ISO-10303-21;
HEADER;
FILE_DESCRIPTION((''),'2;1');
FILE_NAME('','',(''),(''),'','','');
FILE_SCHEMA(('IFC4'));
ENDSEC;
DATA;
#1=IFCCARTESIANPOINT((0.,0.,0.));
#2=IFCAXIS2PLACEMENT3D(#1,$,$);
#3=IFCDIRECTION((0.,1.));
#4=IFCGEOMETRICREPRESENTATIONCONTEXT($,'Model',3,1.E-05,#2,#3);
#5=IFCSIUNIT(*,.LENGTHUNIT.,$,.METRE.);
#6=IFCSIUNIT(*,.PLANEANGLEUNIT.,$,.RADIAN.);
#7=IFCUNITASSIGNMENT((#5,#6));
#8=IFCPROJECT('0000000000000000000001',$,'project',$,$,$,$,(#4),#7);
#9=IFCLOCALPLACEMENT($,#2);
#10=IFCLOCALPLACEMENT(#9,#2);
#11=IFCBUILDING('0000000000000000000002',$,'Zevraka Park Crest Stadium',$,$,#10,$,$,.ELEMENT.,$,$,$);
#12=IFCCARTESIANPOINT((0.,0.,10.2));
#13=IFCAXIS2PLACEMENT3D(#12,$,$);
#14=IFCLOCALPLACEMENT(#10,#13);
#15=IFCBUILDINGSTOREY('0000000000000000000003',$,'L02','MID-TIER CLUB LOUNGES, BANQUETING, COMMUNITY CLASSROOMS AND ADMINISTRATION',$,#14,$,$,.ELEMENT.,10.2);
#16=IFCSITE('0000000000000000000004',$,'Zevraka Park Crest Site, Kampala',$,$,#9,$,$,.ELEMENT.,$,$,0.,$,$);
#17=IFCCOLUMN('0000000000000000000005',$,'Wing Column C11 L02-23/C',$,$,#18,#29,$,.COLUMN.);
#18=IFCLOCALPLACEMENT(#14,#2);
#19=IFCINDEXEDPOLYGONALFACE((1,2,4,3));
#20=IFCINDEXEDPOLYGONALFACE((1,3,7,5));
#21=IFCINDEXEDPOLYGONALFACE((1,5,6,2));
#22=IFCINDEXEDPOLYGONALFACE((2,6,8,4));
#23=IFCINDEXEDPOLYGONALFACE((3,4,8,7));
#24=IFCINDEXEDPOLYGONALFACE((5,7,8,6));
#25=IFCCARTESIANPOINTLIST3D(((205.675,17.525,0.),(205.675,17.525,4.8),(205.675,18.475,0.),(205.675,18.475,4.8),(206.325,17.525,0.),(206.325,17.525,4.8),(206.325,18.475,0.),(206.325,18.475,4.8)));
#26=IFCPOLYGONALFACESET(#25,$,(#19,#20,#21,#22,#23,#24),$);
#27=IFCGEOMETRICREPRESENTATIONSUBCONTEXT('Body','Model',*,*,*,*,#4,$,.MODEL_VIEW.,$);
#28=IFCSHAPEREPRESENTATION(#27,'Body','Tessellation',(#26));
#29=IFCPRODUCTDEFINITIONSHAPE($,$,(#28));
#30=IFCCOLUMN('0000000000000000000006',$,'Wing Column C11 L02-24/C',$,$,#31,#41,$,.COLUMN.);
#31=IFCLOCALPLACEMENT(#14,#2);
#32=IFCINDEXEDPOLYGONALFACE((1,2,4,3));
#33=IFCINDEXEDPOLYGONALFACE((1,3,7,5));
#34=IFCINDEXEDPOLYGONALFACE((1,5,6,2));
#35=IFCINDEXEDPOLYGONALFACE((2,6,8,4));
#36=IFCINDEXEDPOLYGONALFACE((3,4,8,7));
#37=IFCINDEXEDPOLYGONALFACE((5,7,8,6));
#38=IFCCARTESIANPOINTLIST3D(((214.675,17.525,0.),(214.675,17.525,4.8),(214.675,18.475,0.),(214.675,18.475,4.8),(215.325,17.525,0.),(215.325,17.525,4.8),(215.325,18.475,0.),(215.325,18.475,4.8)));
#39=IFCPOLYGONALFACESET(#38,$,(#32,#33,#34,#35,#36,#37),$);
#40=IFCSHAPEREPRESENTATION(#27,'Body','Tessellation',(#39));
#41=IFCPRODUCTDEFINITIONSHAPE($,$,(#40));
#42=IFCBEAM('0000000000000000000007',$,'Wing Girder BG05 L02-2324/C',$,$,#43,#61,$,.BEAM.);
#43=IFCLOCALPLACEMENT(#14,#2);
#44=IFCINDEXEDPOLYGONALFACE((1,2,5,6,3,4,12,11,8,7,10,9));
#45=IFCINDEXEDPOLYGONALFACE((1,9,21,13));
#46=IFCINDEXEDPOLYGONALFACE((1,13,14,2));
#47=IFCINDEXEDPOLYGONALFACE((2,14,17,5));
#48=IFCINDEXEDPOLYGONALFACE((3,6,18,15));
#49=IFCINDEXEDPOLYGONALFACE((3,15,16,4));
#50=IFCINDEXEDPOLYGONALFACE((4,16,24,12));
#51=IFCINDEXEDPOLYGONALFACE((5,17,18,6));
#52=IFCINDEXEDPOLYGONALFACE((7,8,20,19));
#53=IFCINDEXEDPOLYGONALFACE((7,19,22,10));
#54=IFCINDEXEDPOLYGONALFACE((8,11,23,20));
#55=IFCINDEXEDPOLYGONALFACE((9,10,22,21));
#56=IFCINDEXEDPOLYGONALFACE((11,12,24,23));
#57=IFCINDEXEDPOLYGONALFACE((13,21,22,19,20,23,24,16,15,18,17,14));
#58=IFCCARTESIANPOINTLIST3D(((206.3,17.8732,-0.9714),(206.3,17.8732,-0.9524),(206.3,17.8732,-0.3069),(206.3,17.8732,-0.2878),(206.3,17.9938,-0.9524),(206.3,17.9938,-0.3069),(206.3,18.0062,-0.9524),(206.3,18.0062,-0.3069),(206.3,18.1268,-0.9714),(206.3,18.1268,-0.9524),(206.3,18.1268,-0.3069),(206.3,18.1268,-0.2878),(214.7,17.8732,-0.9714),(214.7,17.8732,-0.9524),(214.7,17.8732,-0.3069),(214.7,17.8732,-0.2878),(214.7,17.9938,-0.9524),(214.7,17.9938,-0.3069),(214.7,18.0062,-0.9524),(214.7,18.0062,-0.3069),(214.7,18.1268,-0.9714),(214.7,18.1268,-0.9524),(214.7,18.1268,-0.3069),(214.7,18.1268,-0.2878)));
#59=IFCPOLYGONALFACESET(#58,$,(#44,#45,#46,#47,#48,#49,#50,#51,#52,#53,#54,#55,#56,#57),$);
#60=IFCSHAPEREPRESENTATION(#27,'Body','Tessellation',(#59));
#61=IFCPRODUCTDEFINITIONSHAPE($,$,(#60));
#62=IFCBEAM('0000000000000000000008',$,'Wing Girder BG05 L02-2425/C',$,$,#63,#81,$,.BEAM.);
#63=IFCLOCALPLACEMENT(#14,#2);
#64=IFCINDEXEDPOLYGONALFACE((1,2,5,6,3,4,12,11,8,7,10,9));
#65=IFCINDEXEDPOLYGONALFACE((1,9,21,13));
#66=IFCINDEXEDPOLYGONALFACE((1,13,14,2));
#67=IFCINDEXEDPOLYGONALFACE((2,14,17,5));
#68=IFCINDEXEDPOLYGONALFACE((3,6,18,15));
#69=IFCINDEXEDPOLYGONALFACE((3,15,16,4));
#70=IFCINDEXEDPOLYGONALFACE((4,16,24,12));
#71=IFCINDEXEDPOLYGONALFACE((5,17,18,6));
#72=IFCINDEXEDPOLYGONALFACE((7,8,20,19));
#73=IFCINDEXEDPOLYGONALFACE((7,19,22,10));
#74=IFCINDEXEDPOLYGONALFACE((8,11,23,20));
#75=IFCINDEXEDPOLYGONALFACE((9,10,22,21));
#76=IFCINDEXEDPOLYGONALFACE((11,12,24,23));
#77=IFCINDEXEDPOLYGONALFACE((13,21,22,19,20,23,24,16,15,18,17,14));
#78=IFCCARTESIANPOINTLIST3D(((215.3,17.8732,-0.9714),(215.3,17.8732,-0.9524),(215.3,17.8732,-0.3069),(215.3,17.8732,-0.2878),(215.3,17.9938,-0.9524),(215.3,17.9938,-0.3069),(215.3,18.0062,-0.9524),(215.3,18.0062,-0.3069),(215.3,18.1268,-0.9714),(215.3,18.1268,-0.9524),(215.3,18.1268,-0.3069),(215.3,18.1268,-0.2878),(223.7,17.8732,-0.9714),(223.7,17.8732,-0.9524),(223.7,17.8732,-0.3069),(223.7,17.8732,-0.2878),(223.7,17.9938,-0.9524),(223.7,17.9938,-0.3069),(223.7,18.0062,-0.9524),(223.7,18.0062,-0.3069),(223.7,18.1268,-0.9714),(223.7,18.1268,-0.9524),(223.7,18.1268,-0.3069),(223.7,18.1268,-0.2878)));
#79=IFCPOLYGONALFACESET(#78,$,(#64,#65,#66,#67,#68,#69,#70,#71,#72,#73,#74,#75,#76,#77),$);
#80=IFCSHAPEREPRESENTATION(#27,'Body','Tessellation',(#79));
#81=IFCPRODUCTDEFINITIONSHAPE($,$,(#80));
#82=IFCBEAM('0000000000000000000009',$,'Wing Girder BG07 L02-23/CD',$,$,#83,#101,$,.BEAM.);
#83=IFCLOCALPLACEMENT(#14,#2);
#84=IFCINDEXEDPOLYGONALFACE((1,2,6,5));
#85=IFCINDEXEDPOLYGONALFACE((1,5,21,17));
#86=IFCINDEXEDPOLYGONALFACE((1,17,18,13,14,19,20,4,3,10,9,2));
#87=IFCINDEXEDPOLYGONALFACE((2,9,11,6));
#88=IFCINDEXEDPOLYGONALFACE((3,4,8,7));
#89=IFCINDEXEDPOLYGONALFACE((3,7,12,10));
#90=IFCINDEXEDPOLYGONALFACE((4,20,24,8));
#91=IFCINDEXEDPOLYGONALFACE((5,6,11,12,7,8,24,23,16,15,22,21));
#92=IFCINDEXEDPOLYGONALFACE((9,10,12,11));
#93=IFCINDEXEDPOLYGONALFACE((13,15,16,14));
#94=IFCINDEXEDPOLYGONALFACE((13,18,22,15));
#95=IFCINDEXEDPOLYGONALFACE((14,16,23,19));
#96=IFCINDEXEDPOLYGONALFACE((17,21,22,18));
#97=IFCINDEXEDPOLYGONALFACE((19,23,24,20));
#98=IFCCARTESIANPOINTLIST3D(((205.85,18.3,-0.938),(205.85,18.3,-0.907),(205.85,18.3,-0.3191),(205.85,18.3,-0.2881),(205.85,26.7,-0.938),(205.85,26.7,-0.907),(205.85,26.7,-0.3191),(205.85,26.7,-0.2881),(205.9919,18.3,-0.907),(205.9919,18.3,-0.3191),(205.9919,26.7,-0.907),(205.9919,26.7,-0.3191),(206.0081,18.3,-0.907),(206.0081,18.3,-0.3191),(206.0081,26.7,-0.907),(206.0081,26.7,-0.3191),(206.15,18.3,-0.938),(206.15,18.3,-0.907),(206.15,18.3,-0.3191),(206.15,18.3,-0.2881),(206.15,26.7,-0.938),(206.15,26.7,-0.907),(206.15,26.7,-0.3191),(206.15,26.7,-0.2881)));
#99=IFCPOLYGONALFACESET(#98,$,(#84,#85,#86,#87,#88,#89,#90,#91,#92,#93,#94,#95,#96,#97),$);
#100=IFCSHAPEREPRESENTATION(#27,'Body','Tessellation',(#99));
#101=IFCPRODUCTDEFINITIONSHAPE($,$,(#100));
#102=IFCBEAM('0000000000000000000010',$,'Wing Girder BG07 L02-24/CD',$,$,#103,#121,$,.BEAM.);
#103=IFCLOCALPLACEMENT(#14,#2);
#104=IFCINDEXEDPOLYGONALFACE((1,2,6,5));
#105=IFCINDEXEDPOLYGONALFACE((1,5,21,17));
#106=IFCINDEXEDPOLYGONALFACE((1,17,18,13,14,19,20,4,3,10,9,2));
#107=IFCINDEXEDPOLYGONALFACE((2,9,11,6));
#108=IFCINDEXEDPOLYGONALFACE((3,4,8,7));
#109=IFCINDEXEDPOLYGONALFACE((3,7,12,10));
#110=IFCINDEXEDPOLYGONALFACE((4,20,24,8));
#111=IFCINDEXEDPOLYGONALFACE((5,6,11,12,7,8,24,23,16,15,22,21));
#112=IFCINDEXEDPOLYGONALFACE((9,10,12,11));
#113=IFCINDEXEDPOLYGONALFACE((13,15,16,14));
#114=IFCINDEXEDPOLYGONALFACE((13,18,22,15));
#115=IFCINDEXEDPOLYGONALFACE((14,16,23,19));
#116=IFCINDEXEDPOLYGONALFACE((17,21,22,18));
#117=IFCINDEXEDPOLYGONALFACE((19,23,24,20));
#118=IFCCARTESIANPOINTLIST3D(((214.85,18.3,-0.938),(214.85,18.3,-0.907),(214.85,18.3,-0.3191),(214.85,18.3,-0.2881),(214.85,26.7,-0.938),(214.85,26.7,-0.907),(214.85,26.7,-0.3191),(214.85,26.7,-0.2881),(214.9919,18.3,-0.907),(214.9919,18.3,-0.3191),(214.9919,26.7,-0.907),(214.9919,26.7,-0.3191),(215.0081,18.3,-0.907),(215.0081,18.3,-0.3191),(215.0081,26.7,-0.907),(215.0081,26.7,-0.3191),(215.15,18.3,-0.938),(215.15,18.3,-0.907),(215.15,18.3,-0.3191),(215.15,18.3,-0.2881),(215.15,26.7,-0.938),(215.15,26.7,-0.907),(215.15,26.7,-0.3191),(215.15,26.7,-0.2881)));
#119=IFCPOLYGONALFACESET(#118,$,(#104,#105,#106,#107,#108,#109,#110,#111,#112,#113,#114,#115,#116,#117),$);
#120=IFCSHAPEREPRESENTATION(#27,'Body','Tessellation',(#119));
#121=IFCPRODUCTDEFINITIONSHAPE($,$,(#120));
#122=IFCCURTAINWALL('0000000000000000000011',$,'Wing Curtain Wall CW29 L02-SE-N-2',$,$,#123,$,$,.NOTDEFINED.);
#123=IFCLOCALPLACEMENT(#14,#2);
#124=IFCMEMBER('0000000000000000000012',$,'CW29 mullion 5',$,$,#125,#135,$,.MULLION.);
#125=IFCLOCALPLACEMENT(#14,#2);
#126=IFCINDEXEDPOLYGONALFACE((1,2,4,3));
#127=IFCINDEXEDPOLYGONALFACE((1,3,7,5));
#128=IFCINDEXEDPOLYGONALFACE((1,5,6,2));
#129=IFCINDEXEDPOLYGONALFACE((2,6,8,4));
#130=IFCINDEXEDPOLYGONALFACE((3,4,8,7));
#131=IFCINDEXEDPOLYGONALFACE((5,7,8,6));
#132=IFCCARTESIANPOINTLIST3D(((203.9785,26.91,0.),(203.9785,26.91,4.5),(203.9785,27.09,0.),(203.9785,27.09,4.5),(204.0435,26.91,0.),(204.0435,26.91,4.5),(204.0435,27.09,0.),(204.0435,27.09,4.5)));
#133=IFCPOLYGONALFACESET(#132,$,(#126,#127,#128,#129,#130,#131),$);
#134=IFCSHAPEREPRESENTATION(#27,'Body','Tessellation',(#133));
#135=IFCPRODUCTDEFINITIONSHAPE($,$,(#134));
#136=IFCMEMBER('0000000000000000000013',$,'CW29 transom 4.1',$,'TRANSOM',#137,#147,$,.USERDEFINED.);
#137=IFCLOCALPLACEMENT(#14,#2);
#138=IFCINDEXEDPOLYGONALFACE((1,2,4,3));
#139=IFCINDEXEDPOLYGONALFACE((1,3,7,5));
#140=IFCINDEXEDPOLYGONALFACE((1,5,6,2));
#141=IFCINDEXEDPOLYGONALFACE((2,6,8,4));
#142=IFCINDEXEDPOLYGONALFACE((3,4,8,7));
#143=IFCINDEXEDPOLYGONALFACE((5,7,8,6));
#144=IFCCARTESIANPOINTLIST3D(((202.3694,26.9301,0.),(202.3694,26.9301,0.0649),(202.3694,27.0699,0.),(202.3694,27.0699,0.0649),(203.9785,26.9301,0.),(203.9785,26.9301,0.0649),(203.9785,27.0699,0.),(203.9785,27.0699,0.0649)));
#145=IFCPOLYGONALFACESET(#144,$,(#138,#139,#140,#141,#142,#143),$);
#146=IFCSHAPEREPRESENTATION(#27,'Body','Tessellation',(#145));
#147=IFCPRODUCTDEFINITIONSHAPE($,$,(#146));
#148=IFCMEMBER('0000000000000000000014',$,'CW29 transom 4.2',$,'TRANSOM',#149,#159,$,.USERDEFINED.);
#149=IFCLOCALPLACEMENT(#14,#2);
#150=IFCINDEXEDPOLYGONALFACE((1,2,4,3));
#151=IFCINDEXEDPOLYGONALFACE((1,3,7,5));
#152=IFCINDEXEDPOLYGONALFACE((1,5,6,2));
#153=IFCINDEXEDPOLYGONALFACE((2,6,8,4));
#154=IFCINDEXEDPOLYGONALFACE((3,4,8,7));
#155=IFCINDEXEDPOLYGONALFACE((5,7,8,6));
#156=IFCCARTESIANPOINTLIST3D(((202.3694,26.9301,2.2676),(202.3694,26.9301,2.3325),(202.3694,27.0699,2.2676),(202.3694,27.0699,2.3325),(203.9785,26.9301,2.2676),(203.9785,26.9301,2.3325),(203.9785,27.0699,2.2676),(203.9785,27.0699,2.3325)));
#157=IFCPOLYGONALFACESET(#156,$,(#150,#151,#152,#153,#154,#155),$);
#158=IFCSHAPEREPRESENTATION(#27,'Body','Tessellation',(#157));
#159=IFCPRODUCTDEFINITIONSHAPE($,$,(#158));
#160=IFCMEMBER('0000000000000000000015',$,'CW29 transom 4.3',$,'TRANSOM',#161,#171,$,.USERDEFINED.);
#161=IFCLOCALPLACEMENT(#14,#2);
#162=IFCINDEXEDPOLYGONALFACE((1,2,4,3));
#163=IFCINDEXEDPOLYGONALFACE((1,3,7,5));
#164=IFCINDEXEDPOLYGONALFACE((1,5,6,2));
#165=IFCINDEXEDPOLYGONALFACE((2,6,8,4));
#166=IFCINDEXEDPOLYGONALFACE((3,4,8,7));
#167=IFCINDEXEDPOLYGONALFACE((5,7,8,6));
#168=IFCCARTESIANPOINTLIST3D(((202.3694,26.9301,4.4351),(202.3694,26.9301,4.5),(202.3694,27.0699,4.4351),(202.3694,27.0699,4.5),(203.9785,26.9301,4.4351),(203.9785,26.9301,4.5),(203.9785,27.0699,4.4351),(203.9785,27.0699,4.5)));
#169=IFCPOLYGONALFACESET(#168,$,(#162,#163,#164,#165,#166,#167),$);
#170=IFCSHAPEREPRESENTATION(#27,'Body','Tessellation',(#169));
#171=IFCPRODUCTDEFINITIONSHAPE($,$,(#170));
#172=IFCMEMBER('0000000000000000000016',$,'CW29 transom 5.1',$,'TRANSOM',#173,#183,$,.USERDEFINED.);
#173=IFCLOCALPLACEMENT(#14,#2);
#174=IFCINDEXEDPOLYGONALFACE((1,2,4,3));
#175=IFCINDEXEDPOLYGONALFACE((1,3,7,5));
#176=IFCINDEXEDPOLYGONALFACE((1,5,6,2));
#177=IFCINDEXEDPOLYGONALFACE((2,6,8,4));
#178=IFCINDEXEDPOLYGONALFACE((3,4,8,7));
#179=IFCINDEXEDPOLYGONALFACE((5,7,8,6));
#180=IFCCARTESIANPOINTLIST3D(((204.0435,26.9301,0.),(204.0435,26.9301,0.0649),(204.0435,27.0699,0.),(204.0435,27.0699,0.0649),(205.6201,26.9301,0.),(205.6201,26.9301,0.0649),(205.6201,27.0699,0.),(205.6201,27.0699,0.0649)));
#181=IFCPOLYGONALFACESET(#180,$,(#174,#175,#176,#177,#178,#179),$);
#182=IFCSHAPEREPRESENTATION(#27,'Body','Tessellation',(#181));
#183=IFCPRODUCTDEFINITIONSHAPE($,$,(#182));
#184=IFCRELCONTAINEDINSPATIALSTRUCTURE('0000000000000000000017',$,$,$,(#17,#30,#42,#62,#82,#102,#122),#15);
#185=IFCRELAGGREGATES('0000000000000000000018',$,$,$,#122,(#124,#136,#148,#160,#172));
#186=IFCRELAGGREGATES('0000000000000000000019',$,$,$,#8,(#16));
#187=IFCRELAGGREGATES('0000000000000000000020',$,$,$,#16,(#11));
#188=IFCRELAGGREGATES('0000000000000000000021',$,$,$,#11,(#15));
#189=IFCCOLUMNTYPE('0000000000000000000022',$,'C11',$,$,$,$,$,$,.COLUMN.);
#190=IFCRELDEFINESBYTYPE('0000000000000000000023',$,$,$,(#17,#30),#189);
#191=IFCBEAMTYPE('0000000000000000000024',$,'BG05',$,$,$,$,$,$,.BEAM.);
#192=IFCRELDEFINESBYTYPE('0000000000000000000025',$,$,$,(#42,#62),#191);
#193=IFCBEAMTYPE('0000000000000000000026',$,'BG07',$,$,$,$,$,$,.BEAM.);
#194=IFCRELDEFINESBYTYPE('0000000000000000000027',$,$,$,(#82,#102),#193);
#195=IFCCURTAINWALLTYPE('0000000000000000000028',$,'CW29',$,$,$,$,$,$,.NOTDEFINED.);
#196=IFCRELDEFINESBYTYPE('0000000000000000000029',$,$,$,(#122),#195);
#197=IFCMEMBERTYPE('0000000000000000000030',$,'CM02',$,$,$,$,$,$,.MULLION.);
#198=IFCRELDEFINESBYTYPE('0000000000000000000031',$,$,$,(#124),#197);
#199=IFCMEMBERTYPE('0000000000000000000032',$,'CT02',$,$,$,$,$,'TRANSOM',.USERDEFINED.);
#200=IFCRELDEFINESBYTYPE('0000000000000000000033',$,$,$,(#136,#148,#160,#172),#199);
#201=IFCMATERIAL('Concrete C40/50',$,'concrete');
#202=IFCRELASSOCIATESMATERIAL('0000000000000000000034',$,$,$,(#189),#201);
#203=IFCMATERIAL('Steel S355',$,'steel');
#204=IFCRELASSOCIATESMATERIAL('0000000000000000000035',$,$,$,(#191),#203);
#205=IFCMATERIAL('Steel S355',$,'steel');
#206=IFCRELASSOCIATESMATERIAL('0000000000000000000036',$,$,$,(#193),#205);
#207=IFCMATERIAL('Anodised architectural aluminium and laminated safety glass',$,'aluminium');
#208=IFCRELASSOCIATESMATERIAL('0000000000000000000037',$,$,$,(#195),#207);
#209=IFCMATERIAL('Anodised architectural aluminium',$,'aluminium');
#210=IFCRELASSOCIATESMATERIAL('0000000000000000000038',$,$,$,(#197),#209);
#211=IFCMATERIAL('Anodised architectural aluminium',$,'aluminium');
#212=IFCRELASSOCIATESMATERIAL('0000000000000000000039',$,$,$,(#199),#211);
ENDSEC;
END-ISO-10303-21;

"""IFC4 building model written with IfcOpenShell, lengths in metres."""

from ifc_helpers import new_model, si_unit, direction, frame, origin, origin_2d, place, context, subcontext, project, spatial, rectangle, i_section, extrude, material, material_profile, profile_set, type_object, element, aggregate, save


model = new_model("IFC4")

# Units and contexts
model_context = context("Model", 3, precision=1e-05, world=origin(), true_north=direction((0.0, 1.0)))
body_context = subcontext(model_context, "Body", "Model", "MODEL_VIEW")
ifc_project = project(units=[si_unit("LENGTHUNIT", "METRE"), si_unit("PLANEANGLEUNIT", "RADIAN")], contexts=[model_context])

# Site, building, storey
site_placement = place(None, origin())
site = spatial("IfcSite", under=ifc_project, at=site_placement, Name="Zevraka Park Crest Site, Kampala", CompositionType="ELEMENT", RefElevation=0.0)
building_placement = place(site_placement, origin())
building = spatial("IfcBuilding", under=site, at=building_placement, Name="Zevraka Park Crest Stadium", CompositionType="ELEMENT")
storey_placement = place(building_placement, frame((0.0, 0.0, 10.2)))
storey = spatial("IfcBuildingStorey", under=building, at=storey_placement, Name="L02", Description="MID-TIER CLUB LOUNGES, BANQUETING, COMMUNITY CLASSROOMS AND ADMINISTRATION", CompositionType="ELEMENT", Elevation=10.2)

# Columns
ifc_material_1 = material(Name="Concrete C40/50", Category="concrete")
ifc_material_profile_1 = material_profile(ifc_material_1, rectangle(XDim=0.6499, YDim=0.95, at=origin_2d()), Name="RC 950x650")
ifc_profile_set_1 = profile_set([ifc_material_profile_1], Name="Concrete C40/50")
column_type = type_object("IfcColumnType", Name="C11", PredefinedType="COLUMN", material=ifc_profile_set_1)
for number, where, z_axis, x_axis, name in (
    (1, (206.0, 18.0, 0.0), (0.0, 0.0, 1.0), (1.0, 0.0, 0.0), "Wing Column C11 L02-23/C"),
    (2, (215.0, 18.0, 0.0), (0.0, 0.0, 1.0), (1.0, 0.0, 0.0), "Wing Column C11 L02-24/C"),
):
    element("IfcColumn", number, at=place(storey_placement, frame(where, z_axis=z_axis, x_axis=x_axis)), inside=storey, type_object=column_type, Name=name, PredefinedType="COLUMN", context=body_context, shape_type="SweptSolid", body=[
        extrude(rectangle(XDim=0.6499, YDim=0.95, at=origin_2d()), origin(), (0.0, 0.0, 1.0), 4.8),
    ])

# Beams
ifc_material_2 = material(Name="Steel S355", Category="steel")
ifc_material_profile_2 = material_profile(ifc_material_2, i_section(OverallWidth=0.2537, OverallDepth=0.6836, WebThickness=0.0125, FlangeThickness=0.019, at=origin_2d()), Name="UKB 686x254x140")
ifc_profile_set_2 = profile_set([ifc_material_profile_2], Name="Steel S355")
beam_type_1 = type_object("IfcBeamType", Name="BG05", PredefinedType="BEAM", material=ifc_profile_set_2)
for number, where, z_axis, x_axis, name in (
    (3, (206.3, 18.0, -0.6296), (1.0, 0.0, 0.0), (0.0, 1.0, 0.0), "Wing Girder BG05 L02-2324/C"),
    (4, (215.3, 18.0, -0.6296), (1.0, 0.0, 0.0), (0.0, 1.0, 0.0), "Wing Girder BG05 L02-2425/C"),
):
    element("IfcBeam", number, at=place(storey_placement, frame(where, z_axis=z_axis, x_axis=x_axis)), inside=storey, type_object=beam_type_1, Name=name, PredefinedType="BEAM", context=body_context, shape_type="SweptSolid", body=[
        extrude(i_section(OverallWidth=0.2537, OverallDepth=0.6836, WebThickness=0.0125, FlangeThickness=0.019, at=origin_2d()), origin(), (0.0, 0.0, 1.0), 8.3999),
    ])
ifc_material_3 = material(Name="Steel S355", Category="steel")
ifc_material_profile_3 = material_profile(ifc_material_3, i_section(OverallWidth=0.3, OverallDepth=0.6499, WebThickness=0.0161, FlangeThickness=0.031, at=origin_2d()), Name="HEB 650")
ifc_profile_set_3 = profile_set([ifc_material_profile_3], Name="Steel S355")
beam_type_2 = type_object("IfcBeamType", Name="BG07", PredefinedType="BEAM", material=ifc_profile_set_3)
for number, where, z_axis, x_axis, name in (
    (5, (206.0, 18.3, -0.613), (0.0, 1.0, 0.0), (-1.0, 0.0, 0.0), "Wing Girder BG07 L02-23/CD"),
    (6, (215.0, 18.3, -0.613), (0.0, 1.0, 0.0), (-1.0, 0.0, 0.0), "Wing Girder BG07 L02-24/CD"),
):
    element("IfcBeam", number, at=place(storey_placement, frame(where, z_axis=z_axis, x_axis=x_axis)), inside=storey, type_object=beam_type_2, Name=name, PredefinedType="BEAM", context=body_context, shape_type="SweptSolid", body=[
        extrude(i_section(OverallWidth=0.3, OverallDepth=0.6499, WebThickness=0.0161, FlangeThickness=0.031, at=origin_2d()), origin(), (0.0, 0.0, 1.0), 8.3999),
    ])

# Curtain wall, members
ifc_material_4 = material(Name="Anodised architectural aluminium and laminated safety glass", Category="aluminium")
curtain_wall_type = type_object("IfcCurtainWallType", Name="CW29", PredefinedType="NOTDEFINED", material=ifc_material_4)
curtain_wall_placement = place(storey_placement, origin())
curtain_wall = element("IfcCurtainWall", 7, at=curtain_wall_placement, inside=storey, type_object=curtain_wall_type, Name="Wing Curtain Wall CW29 L02-SE-N-2", PredefinedType="NOTDEFINED")
ifc_material_5 = material(Name="Anodised architectural aluminium", Category="aluminium")
ifc_material_profile_4 = material_profile(ifc_material_5, rectangle(XDim=0.1799, YDim=0.0649, at=origin_2d()), Name="ALU MULLION 180x65")
ifc_profile_set_4 = profile_set([ifc_material_profile_4], Name="Anodised architectural aluminium")
member_type_1 = type_object("IfcMemberType", Name="CM02", PredefinedType="MULLION", material=ifc_profile_set_4)
member_1_placement = place(storey_placement, frame((204.011, 27.0, 0.0), z_axis=(0.0, 0.0, 1.0), x_axis=(0.0, 1.0, 0.0)))
member_1 = element("IfcMember", 8, at=member_1_placement, type_object=member_type_1, Name="CW29 mullion 5", PredefinedType="MULLION", context=body_context, shape_type="SweptSolid", body=[
    extrude(rectangle(XDim=0.1799, YDim=0.0649, at=origin_2d()), origin(), (0.0, 0.0, 1.0), 4.5),
])
ifc_material_6 = material(Name="Anodised architectural aluminium", Category="aluminium")
ifc_material_profile_5 = material_profile(ifc_material_6, rectangle(XDim=0.1399, YDim=0.0649, at=origin_2d()), Name="ALU TRANSOM 140x65")
ifc_profile_set_5 = profile_set([ifc_material_profile_5], Name="Anodised architectural aluminium")
member_type_2 = type_object("IfcMemberType", Name="CT02", ElementType="TRANSOM", PredefinedType="USERDEFINED", material=ifc_profile_set_5)
member_2_placement = place(storey_placement, frame((202.3694, 27.0, 0.0325), z_axis=(1.0, 0.0, 0.0), x_axis=(0.0, 1.0, 0.0)))
member_2 = element("IfcMember", 9, at=member_2_placement, type_object=member_type_2, Name="CW29 transom 4.1", ObjectType="TRANSOM", PredefinedType="USERDEFINED", context=body_context, shape_type="SweptSolid", body=[
    extrude(rectangle(XDim=0.1399, YDim=0.0649, at=origin_2d()), origin(), (0.0, 0.0, 1.0), 1.6091),
])
member_3_placement = place(storey_placement, frame((202.3694, 27.0, 2.3), z_axis=(1.0, 0.0, 0.0), x_axis=(0.0, 1.0, 0.0)))
member_3 = element("IfcMember", 10, at=member_3_placement, type_object=member_type_2, Name="CW29 transom 4.2", ObjectType="TRANSOM", PredefinedType="USERDEFINED", context=body_context, shape_type="SweptSolid", body=[
    extrude(rectangle(XDim=0.1399, YDim=0.0649, at=origin_2d()), origin(), (0.0, 0.0, 1.0), 1.6091),
])
member_4_placement = place(storey_placement, frame((202.3694, 27.0, 4.4675), z_axis=(1.0, 0.0, 0.0), x_axis=(0.0, 1.0, 0.0)))
member_4 = element("IfcMember", 11, at=member_4_placement, type_object=member_type_2, Name="CW29 transom 4.3", ObjectType="TRANSOM", PredefinedType="USERDEFINED", context=body_context, shape_type="SweptSolid", body=[
    extrude(rectangle(XDim=0.1399, YDim=0.0649, at=origin_2d()), origin(), (0.0, 0.0, 1.0), 1.6091),
])
member_5_placement = place(storey_placement, frame((204.0435, 27.0, 0.0325), z_axis=(1.0, 0.0, 0.0), x_axis=(0.0, 1.0, 0.0)))
member_5 = element("IfcMember", 12, at=member_5_placement, type_object=member_type_2, Name="CW29 transom 5.1", ObjectType="TRANSOM", PredefinedType="USERDEFINED", context=body_context, shape_type="SweptSolid", body=[
    extrude(rectangle(XDim=0.1399, YDim=0.0649, at=origin_2d()), origin(), (0.0, 0.0, 1.0), 1.5767),
])

aggregate(curtain_wall, [member_1, member_2, member_3, member_4, member_5])

save(model, "model.ifc")
